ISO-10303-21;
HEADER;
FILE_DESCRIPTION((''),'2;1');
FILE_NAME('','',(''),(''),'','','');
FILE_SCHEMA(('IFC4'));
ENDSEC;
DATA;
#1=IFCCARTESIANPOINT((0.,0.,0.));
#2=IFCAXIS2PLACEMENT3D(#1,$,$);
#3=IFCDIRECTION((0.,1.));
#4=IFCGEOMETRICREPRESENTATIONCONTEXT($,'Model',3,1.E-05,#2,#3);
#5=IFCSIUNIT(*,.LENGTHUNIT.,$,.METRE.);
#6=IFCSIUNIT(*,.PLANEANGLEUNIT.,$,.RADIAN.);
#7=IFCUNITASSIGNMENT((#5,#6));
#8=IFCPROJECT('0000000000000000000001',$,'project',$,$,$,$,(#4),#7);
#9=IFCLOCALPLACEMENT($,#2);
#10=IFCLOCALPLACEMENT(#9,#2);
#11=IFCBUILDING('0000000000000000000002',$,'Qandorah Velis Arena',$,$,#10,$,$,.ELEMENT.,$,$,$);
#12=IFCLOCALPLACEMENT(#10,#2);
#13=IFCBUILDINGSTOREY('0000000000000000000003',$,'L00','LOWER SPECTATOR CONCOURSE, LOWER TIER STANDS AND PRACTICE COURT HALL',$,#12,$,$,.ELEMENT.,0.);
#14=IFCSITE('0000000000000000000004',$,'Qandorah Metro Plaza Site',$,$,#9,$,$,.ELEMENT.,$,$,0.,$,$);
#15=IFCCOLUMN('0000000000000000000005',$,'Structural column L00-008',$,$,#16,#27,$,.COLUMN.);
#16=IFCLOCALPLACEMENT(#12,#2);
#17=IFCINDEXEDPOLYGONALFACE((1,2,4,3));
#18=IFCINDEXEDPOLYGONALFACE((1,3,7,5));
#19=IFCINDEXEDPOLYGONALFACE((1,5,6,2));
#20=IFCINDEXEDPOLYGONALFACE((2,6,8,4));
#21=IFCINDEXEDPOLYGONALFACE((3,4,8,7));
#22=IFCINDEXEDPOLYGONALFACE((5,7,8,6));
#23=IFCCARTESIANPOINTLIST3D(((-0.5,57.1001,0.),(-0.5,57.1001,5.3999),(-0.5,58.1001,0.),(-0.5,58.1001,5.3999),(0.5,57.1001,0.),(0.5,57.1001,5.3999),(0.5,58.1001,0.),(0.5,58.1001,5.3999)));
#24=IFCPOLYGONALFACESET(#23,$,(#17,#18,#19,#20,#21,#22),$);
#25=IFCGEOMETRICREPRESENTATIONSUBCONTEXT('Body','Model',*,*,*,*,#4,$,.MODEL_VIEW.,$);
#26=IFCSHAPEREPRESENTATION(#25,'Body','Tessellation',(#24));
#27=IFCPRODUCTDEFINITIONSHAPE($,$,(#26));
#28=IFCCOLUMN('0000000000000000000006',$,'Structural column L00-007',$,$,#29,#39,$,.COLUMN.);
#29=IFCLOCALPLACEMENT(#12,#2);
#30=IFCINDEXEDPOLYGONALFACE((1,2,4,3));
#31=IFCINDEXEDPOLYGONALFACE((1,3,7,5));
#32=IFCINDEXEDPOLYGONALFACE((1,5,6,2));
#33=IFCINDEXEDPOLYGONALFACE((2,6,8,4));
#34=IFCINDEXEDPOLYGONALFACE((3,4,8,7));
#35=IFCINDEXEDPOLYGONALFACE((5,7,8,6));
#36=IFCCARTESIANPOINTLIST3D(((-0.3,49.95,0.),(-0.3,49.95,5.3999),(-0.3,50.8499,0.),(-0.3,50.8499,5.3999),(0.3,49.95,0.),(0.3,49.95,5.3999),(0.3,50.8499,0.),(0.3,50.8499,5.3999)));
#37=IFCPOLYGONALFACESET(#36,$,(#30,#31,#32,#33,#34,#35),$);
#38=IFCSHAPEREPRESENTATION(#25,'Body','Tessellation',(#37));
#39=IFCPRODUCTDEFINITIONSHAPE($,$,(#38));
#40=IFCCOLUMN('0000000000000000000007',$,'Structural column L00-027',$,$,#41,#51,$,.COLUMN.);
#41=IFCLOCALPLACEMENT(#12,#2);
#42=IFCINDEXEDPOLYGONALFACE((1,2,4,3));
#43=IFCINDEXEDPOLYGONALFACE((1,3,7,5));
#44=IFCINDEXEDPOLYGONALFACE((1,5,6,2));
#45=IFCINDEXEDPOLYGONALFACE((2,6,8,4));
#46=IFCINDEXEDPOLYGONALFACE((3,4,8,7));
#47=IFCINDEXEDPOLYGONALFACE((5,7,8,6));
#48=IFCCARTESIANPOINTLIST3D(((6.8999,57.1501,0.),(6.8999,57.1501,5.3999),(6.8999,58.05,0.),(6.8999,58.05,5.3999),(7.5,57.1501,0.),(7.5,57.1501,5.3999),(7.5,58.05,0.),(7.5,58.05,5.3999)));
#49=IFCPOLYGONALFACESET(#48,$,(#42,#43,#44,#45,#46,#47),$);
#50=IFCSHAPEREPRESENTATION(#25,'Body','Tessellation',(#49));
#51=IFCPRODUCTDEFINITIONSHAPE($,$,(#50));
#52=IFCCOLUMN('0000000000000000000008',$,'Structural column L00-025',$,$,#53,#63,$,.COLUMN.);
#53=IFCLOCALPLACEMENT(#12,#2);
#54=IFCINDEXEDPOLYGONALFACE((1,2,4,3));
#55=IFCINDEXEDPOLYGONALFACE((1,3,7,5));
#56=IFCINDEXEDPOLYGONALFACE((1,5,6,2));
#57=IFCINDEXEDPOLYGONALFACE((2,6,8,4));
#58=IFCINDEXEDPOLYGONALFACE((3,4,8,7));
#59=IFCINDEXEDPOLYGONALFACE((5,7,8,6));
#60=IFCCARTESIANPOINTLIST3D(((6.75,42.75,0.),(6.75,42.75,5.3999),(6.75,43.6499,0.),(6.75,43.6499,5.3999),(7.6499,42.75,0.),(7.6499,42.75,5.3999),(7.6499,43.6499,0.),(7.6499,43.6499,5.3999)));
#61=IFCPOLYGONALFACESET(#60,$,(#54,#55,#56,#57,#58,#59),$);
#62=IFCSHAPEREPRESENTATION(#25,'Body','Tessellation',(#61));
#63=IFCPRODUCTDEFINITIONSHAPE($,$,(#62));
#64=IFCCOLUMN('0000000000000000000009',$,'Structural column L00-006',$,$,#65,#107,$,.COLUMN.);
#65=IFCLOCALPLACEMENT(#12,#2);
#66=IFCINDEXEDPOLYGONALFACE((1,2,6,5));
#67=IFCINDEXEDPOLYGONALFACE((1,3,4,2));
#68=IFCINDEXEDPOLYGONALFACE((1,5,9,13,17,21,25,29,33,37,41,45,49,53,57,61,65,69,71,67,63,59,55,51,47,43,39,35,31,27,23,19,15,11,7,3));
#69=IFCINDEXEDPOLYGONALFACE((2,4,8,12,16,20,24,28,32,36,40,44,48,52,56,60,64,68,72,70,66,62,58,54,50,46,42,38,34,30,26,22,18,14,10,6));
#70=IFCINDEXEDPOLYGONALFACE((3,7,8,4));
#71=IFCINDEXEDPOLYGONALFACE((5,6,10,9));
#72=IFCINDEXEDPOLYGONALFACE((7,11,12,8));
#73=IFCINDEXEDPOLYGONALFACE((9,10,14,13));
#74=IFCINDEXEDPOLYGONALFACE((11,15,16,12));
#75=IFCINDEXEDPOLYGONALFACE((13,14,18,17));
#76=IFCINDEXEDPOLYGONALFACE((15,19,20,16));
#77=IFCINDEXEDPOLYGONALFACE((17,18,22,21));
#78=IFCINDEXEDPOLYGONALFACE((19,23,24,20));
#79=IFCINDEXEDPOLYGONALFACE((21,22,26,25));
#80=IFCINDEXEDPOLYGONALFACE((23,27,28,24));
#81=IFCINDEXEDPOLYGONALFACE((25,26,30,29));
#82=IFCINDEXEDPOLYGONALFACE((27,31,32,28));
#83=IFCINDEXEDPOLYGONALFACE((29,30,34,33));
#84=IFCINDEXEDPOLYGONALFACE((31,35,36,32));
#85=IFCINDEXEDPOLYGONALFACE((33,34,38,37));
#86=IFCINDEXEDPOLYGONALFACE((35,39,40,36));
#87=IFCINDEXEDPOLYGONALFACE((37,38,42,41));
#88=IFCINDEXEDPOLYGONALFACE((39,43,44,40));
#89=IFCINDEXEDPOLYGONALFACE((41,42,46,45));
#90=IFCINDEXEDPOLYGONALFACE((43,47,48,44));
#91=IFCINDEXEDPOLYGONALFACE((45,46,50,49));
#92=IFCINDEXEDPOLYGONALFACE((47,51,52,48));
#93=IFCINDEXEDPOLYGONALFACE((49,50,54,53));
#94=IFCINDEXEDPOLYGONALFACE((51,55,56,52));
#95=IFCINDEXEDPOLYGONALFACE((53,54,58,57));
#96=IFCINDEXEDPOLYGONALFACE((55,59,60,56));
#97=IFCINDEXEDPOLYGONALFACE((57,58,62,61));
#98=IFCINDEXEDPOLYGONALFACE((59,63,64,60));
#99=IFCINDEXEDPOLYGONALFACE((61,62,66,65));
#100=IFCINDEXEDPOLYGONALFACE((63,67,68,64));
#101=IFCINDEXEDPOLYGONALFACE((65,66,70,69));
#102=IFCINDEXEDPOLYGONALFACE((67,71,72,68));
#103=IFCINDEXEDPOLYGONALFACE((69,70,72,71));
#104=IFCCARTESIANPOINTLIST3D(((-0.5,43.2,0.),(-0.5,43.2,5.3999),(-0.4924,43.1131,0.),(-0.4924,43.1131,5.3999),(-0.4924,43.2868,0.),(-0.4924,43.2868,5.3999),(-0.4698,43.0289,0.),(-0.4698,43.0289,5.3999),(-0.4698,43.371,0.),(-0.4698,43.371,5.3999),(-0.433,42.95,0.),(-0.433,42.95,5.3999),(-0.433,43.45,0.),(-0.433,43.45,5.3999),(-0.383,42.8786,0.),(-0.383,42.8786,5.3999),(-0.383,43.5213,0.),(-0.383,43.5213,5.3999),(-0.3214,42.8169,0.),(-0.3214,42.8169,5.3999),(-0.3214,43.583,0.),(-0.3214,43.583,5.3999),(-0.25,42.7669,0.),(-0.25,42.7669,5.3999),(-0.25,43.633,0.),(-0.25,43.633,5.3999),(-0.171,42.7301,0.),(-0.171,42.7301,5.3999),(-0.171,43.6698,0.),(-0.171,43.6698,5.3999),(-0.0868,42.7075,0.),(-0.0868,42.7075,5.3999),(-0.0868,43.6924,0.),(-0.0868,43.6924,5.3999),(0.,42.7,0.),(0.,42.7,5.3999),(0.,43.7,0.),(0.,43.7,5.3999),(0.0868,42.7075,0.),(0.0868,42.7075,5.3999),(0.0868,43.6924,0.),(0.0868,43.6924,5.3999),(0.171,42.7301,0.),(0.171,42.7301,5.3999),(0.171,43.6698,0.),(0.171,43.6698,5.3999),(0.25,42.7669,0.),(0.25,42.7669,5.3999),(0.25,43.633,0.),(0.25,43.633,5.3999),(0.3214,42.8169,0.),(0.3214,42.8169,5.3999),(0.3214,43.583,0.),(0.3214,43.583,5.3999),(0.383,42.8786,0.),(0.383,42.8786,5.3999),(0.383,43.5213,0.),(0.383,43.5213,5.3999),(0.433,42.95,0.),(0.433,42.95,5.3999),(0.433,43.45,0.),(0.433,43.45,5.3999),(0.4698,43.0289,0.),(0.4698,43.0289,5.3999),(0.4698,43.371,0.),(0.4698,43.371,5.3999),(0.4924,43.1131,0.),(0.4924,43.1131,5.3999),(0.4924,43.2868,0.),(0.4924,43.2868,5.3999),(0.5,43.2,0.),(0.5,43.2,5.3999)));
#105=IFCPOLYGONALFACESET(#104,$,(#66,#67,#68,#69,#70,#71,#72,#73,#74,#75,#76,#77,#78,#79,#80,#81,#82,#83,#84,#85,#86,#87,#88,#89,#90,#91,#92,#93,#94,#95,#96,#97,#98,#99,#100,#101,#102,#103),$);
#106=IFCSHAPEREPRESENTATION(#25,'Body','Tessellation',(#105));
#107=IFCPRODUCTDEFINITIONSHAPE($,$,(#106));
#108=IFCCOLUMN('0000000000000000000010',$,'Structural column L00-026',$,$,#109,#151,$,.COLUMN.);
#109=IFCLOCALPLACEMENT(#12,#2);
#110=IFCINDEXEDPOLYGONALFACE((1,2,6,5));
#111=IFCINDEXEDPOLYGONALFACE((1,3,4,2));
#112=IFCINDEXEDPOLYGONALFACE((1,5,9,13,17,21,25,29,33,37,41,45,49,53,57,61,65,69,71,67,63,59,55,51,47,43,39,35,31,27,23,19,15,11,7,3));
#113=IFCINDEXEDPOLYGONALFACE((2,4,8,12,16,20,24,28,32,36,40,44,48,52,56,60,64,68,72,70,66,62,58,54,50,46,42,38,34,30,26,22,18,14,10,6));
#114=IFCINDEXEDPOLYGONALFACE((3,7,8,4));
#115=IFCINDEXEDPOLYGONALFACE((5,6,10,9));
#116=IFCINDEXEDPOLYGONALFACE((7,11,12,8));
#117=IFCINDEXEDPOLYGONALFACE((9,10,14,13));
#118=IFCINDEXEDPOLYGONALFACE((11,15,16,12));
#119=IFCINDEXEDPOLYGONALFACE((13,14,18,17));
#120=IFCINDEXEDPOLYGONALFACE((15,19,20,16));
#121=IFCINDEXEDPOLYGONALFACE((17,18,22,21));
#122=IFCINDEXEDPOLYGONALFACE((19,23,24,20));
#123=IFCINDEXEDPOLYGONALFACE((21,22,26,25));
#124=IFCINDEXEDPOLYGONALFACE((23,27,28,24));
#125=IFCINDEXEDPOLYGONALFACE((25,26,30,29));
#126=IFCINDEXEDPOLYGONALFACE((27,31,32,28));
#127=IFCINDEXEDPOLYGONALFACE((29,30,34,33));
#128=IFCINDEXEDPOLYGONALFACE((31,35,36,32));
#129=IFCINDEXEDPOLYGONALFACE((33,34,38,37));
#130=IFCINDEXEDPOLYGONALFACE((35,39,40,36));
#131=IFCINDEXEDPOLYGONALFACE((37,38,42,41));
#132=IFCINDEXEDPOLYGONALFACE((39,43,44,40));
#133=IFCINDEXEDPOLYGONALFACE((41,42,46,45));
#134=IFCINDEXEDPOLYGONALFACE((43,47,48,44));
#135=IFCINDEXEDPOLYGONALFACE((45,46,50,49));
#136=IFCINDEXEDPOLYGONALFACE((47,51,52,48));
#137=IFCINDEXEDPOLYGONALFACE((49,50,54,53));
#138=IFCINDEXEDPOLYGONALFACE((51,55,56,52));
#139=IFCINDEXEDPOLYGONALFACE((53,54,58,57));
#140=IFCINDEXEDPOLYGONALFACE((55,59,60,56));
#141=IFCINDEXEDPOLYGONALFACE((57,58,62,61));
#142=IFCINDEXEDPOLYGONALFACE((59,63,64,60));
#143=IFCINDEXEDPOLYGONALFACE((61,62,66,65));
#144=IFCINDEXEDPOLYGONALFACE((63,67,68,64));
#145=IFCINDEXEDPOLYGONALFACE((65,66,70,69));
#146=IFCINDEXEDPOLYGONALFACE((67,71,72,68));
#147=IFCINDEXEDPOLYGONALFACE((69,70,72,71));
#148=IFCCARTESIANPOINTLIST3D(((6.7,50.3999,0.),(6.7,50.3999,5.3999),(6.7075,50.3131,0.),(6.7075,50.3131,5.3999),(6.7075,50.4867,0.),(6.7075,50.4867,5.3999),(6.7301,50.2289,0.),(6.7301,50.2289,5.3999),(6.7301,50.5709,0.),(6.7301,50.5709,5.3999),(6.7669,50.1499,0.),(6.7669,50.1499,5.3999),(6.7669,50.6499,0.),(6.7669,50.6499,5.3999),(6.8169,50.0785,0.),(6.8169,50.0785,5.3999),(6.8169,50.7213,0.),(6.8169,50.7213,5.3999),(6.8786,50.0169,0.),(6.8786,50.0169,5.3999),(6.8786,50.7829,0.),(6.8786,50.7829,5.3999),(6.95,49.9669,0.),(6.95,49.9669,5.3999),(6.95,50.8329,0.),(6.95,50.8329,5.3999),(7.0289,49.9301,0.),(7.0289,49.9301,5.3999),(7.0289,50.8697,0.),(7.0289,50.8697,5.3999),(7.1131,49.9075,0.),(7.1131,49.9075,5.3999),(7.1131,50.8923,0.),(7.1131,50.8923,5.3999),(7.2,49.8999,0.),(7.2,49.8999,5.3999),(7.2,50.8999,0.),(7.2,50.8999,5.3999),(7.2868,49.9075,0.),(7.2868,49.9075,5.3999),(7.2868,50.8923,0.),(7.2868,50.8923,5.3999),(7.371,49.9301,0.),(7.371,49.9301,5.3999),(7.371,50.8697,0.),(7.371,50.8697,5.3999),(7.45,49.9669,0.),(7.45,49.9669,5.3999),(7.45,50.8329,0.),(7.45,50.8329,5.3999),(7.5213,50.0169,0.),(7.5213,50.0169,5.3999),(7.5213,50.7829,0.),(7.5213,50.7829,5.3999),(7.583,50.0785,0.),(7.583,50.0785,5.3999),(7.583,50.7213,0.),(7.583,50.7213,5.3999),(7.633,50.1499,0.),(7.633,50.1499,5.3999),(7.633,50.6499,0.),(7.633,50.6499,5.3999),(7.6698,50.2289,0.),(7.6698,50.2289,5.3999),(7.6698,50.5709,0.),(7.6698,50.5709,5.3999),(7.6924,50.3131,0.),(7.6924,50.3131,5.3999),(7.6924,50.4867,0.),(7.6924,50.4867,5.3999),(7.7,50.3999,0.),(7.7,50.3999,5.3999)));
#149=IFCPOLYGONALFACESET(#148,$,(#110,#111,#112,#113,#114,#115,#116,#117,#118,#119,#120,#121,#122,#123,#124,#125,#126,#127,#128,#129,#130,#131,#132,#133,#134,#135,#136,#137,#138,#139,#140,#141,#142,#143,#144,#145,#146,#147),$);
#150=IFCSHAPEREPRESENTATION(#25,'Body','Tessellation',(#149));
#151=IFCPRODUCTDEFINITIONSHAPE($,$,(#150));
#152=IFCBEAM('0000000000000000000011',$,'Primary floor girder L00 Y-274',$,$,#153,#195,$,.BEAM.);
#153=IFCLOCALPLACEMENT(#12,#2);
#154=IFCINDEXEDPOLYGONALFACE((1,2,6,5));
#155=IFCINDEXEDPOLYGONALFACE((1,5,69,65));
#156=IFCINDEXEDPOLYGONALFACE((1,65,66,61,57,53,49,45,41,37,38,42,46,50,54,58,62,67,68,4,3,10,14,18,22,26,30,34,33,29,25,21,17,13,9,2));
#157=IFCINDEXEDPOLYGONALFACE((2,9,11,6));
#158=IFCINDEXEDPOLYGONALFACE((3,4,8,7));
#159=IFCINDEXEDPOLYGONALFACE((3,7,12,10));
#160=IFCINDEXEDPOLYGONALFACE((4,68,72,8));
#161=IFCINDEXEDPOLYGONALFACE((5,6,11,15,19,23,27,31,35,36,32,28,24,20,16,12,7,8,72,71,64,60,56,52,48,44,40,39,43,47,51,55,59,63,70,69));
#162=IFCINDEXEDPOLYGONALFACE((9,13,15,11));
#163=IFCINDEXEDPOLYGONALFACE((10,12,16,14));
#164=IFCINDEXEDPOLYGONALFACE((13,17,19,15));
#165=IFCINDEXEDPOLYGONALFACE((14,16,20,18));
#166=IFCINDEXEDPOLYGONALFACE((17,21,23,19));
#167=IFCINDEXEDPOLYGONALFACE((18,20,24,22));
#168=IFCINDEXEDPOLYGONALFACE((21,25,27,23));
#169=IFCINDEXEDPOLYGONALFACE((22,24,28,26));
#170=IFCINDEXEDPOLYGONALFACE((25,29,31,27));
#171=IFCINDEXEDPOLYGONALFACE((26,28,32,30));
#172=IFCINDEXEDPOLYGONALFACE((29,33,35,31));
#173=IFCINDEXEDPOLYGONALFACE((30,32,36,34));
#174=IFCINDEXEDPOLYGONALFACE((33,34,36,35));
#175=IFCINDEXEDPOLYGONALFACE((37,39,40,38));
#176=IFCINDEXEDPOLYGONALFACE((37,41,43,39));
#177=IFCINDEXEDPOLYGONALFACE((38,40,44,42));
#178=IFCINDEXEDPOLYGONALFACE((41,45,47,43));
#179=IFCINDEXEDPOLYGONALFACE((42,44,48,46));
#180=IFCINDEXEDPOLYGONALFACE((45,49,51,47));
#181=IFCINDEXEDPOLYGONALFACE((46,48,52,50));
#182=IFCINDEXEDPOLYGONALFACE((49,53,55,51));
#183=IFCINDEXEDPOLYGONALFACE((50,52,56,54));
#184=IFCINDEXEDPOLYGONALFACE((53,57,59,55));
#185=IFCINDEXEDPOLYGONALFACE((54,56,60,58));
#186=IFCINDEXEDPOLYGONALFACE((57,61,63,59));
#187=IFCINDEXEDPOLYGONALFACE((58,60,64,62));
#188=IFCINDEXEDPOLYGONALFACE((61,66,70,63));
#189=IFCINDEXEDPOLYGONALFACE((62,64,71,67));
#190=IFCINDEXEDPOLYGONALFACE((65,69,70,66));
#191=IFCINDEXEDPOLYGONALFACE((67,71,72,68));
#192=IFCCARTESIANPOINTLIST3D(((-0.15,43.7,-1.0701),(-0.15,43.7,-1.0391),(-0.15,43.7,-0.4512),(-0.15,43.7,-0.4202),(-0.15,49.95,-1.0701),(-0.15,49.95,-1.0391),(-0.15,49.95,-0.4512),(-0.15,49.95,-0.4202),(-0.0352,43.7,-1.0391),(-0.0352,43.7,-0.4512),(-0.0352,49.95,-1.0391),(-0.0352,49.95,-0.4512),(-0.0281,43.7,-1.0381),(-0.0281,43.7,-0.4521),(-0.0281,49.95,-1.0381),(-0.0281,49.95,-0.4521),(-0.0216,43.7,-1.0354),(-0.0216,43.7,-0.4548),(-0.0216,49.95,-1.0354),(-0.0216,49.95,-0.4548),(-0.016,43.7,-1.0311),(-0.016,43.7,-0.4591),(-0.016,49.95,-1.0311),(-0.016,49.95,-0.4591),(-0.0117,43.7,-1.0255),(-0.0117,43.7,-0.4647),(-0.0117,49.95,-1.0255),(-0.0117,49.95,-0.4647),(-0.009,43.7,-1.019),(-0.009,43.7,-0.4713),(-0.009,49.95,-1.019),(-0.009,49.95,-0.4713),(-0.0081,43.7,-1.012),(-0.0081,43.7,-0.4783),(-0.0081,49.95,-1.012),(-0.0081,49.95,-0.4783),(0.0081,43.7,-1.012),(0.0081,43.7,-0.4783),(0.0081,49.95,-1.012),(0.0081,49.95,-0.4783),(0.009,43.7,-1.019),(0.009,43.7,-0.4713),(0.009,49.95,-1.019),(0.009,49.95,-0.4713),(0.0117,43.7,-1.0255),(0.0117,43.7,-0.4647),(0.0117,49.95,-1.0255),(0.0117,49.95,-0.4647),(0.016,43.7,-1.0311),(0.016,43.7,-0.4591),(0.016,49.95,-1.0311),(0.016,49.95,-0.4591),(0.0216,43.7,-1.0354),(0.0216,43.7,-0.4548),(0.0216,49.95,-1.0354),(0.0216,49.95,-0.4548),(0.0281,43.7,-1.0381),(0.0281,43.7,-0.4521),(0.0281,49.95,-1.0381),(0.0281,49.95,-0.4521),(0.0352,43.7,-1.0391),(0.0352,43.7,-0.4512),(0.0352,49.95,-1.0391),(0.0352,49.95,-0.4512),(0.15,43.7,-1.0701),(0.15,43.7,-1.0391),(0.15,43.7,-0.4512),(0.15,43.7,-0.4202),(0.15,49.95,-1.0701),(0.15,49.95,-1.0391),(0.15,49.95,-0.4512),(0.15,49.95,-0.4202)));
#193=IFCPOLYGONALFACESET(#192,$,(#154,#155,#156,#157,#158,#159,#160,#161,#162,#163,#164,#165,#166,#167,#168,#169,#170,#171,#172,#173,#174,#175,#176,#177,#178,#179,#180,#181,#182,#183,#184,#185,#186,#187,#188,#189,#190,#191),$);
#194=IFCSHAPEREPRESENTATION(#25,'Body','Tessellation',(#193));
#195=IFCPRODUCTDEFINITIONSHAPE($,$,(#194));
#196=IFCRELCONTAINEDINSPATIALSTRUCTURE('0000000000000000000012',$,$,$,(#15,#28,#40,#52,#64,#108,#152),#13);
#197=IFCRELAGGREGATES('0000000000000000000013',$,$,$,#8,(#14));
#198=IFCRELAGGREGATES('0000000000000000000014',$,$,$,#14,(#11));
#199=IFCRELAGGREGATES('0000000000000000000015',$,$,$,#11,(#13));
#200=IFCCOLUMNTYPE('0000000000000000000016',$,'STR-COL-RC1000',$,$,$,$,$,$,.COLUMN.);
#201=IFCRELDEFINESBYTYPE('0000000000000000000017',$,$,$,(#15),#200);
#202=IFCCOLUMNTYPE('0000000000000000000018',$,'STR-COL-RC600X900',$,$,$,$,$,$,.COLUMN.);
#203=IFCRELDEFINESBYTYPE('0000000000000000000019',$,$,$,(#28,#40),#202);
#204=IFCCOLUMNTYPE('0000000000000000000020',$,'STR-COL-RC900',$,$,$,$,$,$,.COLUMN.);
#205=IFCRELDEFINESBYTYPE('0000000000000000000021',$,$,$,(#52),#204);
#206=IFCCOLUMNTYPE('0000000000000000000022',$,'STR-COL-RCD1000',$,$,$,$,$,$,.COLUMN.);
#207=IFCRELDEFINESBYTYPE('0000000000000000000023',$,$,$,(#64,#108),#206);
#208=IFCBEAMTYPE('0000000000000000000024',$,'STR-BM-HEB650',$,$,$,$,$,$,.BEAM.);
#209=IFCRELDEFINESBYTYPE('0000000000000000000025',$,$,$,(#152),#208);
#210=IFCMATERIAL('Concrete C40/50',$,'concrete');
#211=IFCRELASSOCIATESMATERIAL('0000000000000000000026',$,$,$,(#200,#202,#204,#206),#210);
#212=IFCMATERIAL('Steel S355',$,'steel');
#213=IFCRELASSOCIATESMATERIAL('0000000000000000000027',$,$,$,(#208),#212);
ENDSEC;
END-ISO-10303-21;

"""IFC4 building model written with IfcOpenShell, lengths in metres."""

from ifc_helpers import new_model, si_unit, direction, frame, origin, origin_2d, place, context, subcontext, project, spatial, rectangle, circle, i_section, extrude, material, material_profile, profile_set, type_object, element, save


model = new_model("IFC4")

# Units and contexts
model_context = context("Model", 3, precision=1e-05, world=origin(), true_north=direction((0.0, 1.0)))
body_context = subcontext(model_context, "Body", "Model", "MODEL_VIEW")
ifc_project = project(units=[si_unit("LENGTHUNIT", "METRE"), si_unit("PLANEANGLEUNIT", "RADIAN")], contexts=[model_context])

# Site, building, storey
site_placement = place(None, origin())
site = spatial("IfcSite", under=ifc_project, at=site_placement, Name="Qandorah Metro Plaza Site", CompositionType="ELEMENT", RefElevation=0.0)
building_placement = place(site_placement, origin())
building = spatial("IfcBuilding", under=site, at=building_placement, Name="Qandorah Velis Arena", CompositionType="ELEMENT")
storey_placement = place(building_placement, origin())
storey = spatial("IfcBuildingStorey", under=building, at=storey_placement, Name="L00", Description="LOWER SPECTATOR CONCOURSE, LOWER TIER STANDS AND PRACTICE COURT HALL", CompositionType="ELEMENT", Elevation=0.0)

# Columns
ifc_material_1 = material(Name="Concrete C40/50", Category="concrete")
ifc_material_profile_1 = material_profile(ifc_material_1, rectangle(XDim=1.0, YDim=1.0, at=origin_2d()), Name="RC COL 1000x1000")
ifc_profile_set_1 = profile_set([ifc_material_profile_1], Name="Concrete C40/50")
column_type_1 = type_object("IfcColumnType", Name="STR-COL-RC1000", PredefinedType="COLUMN", material=ifc_profile_set_1)
column_1_placement = place(storey_placement, frame((0.0, 57.6001, 0.0), z_axis=(0.0, 0.0, 1.0), x_axis=(1.0, 0.0, 0.0)))
element("IfcColumn", 1, at=column_1_placement, inside=storey, type_object=column_type_1, Name="Structural column L00-008", PredefinedType="COLUMN", context=body_context, shape_type="SweptSolid", body=[
    extrude(rectangle(XDim=1.0, YDim=1.0, at=origin_2d()), origin(), (0.0, 0.0, 1.0), 5.3999),
])
ifc_material_profile_2 = material_profile(ifc_material_1, rectangle(XDim=0.6001, YDim=0.8999, at=origin_2d()), Name="RC COL 600x900")
ifc_profile_set_2 = profile_set([ifc_material_profile_2], Name="Concrete C40/50")
column_type_2 = type_object("IfcColumnType", Name="STR-COL-RC600X900", PredefinedType="COLUMN", material=ifc_profile_set_2)
for number, where, z_axis, x_axis, name in (
    (2, (0.0, 50.3999, 0.0), (0.0, 0.0, 1.0), (1.0, 0.0, 0.0), "Structural column L00-007"),
    (3, (7.2, 57.6001, 0.0), (0.0, 0.0, 1.0), (1.0, 0.0, 0.0), "Structural column L00-027"),
):
    element("IfcColumn", number, at=place(storey_placement, frame(where, z_axis=z_axis, x_axis=x_axis)), inside=storey, type_object=column_type_2, Name=name, PredefinedType="COLUMN", context=body_context, shape_type="SweptSolid", body=[
        extrude(rectangle(XDim=0.6001, YDim=0.8999, at=origin_2d()), origin(), (0.0, 0.0, 1.0), 5.3999),
    ])
ifc_material_profile_3 = material_profile(ifc_material_1, rectangle(XDim=0.8999, YDim=0.8999, at=origin_2d()), Name="RC COL 900x900")
ifc_profile_set_3 = profile_set([ifc_material_profile_3], Name="Concrete C40/50")
column_type_3 = type_object("IfcColumnType", Name="STR-COL-RC900", PredefinedType="COLUMN", material=ifc_profile_set_3)
column_2_placement = place(storey_placement, frame((7.2, 43.2, 0.0), z_axis=(0.0, 0.0, 1.0), x_axis=(1.0, 0.0, 0.0)))
element("IfcColumn", 4, at=column_2_placement, inside=storey, type_object=column_type_3, Name="Structural column L00-025", PredefinedType="COLUMN", context=body_context, shape_type="SweptSolid", body=[
    extrude(rectangle(XDim=0.8999, YDim=0.8999, at=origin_2d()), origin(), (0.0, 0.0, 1.0), 5.3999),
])
ifc_material_profile_4 = material_profile(ifc_material_1, circle(Radius=0.5, at=origin_2d()), Name="RC D1000")
ifc_profile_set_4 = profile_set([ifc_material_profile_4], Name="Concrete C40/50")
column_type_4 = type_object("IfcColumnType", Name="STR-COL-RCD1000", PredefinedType="COLUMN", material=ifc_profile_set_4)
for number, where, z_axis, x_axis, name in (
    (5, (0.0, 43.2, 0.0), (0.0, 0.0, 1.0), (1.0, 0.0, 0.0), "Structural column L00-006"),
    (6, (7.2, 50.3999, 0.0), (0.0, 0.0, 1.0), (1.0, 0.0, 0.0), "Structural column L00-026"),
):
    element("IfcColumn", number, at=place(storey_placement, frame(where, z_axis=z_axis, x_axis=x_axis)), inside=storey, type_object=column_type_4, Name=name, PredefinedType="COLUMN", context=body_context, shape_type="SweptSolid", body=[
        extrude(circle(Radius=0.5, at=origin_2d()), origin(), (0.0, 0.0, 1.0), 5.3999),
    ])

# Beam
ifc_material_2 = material(Name="Steel S355", Category="steel")
ifc_material_profile_5 = material_profile(ifc_material_2, i_section(OverallWidth=0.3, OverallDepth=0.6499, WebThickness=0.0161, FlangeThickness=0.031, FilletRadius=0.0271, at=origin_2d()), Name="HEB 650")
ifc_profile_set_5 = profile_set([ifc_material_profile_5], Name="Steel S355")
beam_type_1 = type_object("IfcBeamType", Name="STR-BM-HEB650", PredefinedType="BEAM", material=ifc_profile_set_5)
beam_1_placement = place(storey_placement, frame((0.0, 43.7, -0.7451), z_axis=(0.0, 1.0, 0.0), x_axis=(-1.0, 0.0, 0.0)))
element("IfcBeam", 7, at=beam_1_placement, inside=storey, type_object=beam_type_1, Name="Primary floor girder L00 Y-274", PredefinedType="BEAM", context=body_context, shape_type="SweptSolid", body=[
    extrude(i_section(OverallWidth=0.3, OverallDepth=0.6499, WebThickness=0.0161, FlangeThickness=0.031, FilletRadius=0.0271, at=origin_2d()), origin(), (0.0, 0.0, 1.0), 6.25),
])

save(model, "model.ifc")
